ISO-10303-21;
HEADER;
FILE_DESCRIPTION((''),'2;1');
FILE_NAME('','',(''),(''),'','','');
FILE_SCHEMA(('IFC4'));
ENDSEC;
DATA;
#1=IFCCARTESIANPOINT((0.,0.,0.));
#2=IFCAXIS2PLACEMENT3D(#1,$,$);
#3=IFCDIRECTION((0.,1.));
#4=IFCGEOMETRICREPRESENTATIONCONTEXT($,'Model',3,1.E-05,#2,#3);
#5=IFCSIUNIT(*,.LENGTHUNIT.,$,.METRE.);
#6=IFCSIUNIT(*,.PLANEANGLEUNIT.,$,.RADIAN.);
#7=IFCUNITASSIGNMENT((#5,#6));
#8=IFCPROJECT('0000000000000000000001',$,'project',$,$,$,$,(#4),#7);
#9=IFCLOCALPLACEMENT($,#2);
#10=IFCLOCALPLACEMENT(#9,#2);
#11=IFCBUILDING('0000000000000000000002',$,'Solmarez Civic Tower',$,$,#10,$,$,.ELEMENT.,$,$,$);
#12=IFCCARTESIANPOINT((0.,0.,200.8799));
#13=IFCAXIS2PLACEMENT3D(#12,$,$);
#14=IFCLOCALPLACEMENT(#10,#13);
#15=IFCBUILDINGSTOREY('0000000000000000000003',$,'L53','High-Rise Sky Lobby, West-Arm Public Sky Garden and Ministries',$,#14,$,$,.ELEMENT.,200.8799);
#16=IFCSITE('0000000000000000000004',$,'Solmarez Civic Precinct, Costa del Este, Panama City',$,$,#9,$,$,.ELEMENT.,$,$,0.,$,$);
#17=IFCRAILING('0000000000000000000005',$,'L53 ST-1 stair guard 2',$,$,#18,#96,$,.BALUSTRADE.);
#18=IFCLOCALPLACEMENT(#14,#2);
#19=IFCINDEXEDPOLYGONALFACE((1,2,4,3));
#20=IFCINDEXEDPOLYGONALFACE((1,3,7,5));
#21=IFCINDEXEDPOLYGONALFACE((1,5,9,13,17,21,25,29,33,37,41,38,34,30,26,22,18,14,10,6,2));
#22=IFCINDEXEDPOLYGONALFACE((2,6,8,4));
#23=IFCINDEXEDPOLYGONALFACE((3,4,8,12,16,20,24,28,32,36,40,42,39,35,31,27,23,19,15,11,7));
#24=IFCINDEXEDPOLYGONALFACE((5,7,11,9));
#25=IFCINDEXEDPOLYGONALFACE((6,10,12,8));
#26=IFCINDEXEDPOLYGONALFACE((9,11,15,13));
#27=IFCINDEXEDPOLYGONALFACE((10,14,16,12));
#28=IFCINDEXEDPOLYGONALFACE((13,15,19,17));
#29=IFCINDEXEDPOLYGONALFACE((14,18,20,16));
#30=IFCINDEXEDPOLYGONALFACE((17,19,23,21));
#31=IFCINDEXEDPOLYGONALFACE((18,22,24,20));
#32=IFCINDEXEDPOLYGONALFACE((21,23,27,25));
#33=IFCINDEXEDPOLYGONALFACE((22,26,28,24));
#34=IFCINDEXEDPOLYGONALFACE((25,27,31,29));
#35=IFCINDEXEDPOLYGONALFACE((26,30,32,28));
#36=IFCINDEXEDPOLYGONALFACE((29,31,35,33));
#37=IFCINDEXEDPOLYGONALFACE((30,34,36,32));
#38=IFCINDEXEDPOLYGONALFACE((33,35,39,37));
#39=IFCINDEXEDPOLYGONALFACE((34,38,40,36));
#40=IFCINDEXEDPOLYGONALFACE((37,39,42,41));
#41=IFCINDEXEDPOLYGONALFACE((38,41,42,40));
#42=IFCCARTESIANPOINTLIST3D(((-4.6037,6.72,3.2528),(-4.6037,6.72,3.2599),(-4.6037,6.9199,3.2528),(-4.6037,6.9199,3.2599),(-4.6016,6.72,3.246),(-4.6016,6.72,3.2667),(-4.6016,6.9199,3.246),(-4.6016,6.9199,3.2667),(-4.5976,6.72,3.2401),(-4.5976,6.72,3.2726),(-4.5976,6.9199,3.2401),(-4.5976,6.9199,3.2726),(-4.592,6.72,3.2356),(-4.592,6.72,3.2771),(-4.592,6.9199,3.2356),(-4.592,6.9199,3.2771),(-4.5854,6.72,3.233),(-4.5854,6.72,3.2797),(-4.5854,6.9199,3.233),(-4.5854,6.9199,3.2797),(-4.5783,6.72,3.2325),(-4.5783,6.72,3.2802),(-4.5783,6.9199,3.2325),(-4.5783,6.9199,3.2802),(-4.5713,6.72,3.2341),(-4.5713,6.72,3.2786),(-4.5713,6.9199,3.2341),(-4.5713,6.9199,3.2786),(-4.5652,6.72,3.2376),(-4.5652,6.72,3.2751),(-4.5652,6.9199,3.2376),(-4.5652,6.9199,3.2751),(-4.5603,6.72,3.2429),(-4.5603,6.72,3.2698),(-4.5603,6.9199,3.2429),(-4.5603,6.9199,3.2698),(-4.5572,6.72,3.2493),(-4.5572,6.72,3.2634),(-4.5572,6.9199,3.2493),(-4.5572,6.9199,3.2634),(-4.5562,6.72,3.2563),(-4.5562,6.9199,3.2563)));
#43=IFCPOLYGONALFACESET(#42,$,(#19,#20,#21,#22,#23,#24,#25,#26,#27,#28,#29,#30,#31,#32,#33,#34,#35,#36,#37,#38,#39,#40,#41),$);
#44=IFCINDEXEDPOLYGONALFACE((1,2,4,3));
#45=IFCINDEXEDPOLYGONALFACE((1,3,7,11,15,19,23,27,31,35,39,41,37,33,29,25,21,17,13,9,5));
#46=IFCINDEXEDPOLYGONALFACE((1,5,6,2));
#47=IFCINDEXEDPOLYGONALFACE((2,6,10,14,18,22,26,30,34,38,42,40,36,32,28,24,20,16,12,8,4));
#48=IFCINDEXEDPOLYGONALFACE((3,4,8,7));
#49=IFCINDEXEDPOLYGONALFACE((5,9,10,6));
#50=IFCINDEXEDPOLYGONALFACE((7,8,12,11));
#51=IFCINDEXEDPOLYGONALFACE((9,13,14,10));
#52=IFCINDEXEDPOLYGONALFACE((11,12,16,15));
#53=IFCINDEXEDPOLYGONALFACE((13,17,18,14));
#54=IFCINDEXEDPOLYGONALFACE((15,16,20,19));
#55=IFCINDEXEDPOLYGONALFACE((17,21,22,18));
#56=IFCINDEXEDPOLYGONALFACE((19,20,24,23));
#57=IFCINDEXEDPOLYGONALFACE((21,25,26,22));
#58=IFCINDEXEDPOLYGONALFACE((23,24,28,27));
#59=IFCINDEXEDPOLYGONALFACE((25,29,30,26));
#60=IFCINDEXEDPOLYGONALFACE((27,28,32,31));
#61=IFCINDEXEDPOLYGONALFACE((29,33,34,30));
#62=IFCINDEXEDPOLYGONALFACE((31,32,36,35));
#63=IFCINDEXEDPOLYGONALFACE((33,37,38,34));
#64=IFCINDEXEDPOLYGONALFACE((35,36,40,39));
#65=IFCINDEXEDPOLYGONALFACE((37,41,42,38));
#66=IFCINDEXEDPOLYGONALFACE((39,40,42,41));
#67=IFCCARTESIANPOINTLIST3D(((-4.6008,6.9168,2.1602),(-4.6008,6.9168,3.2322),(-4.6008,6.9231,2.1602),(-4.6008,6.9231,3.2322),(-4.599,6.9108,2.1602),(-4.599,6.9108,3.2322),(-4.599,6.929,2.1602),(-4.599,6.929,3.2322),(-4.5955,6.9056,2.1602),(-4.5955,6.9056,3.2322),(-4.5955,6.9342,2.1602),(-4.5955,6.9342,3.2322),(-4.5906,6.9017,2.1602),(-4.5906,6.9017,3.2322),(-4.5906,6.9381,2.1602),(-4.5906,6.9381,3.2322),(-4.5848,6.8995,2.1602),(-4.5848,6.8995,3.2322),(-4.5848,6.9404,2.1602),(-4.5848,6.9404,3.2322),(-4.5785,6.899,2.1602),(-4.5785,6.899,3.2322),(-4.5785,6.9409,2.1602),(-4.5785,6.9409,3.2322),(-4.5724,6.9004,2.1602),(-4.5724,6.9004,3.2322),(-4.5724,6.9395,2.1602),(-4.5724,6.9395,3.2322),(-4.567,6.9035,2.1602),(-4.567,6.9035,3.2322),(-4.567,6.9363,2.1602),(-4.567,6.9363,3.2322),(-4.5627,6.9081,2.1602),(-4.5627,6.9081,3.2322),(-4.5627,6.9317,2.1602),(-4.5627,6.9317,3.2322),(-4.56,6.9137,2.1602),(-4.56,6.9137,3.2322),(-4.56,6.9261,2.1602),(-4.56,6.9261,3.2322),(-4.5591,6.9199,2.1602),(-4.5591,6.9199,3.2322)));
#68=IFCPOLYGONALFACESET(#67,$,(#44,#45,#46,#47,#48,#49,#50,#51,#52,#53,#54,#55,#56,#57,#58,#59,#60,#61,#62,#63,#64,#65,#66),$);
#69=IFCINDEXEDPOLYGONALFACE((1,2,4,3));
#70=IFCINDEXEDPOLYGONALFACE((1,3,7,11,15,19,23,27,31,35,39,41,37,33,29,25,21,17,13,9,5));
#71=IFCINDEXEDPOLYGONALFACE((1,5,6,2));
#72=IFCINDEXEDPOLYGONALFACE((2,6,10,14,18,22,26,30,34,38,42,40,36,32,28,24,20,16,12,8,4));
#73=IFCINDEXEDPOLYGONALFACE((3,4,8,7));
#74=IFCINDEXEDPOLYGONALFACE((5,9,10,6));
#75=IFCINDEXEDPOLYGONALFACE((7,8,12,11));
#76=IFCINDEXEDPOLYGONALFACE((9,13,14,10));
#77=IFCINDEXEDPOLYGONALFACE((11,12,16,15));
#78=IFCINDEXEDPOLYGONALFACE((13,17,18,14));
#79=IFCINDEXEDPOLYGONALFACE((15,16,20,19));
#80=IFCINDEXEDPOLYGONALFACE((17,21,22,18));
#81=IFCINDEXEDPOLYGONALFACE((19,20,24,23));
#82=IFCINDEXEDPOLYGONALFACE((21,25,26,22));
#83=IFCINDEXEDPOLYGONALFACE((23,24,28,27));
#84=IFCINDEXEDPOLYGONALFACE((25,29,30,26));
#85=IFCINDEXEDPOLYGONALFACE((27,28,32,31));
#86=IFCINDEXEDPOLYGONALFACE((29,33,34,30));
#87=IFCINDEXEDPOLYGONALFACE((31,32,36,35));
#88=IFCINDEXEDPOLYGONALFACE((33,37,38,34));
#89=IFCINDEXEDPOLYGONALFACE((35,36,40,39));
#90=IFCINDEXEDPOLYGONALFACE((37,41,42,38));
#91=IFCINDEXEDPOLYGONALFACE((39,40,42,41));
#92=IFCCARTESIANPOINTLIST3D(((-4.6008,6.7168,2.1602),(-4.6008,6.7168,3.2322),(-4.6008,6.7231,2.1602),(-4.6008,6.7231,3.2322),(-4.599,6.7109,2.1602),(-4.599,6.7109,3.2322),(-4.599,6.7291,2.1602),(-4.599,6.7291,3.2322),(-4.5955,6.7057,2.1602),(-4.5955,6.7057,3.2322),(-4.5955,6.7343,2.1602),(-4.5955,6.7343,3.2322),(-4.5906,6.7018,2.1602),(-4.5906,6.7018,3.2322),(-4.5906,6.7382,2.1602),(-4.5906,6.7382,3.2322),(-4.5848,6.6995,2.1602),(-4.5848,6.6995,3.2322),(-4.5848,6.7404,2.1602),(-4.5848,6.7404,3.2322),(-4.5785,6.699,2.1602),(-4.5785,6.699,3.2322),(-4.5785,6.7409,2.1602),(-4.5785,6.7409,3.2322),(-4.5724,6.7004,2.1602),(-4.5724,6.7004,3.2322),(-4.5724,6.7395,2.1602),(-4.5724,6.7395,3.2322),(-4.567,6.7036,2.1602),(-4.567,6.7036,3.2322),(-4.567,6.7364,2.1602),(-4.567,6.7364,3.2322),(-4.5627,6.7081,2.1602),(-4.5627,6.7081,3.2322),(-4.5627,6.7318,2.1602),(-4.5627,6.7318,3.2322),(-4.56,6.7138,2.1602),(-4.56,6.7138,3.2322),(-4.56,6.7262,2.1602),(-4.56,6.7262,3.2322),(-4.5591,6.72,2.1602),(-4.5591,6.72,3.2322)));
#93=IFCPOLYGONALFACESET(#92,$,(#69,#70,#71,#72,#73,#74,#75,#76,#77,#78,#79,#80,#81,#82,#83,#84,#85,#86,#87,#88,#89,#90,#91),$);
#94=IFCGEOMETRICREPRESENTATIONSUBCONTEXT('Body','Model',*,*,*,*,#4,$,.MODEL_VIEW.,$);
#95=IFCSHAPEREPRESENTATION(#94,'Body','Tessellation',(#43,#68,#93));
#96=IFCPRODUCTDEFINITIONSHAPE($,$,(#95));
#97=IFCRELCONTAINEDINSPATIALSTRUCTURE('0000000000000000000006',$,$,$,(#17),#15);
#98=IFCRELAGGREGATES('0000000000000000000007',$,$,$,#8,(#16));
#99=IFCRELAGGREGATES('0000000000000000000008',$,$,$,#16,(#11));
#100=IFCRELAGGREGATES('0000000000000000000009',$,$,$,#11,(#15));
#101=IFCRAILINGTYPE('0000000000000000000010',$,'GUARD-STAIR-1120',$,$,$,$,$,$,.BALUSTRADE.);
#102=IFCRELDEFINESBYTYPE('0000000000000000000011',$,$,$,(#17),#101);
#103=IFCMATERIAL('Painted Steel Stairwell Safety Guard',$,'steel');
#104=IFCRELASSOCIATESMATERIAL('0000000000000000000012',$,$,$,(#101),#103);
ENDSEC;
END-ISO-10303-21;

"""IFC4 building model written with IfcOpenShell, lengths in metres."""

from ifc_helpers import new_model, si_unit, direction, frame, origin, origin_2d, place, context, subcontext, project, spatial, circle, extrude, material, type_object, element, save


model = new_model("IFC4")

# Units and contexts
model_context = context("Model", 3, precision=1e-05, world=origin(), true_north=direction((0.0, 1.0)))
body_context = subcontext(model_context, "Body", "Model", "MODEL_VIEW")
ifc_project = project(units=[si_unit("LENGTHUNIT", "METRE"), si_unit("PLANEANGLEUNIT", "RADIAN")], contexts=[model_context])

# Site, building, storey
site_placement = place(None, origin())
site = spatial("IfcSite", under=ifc_project, at=site_placement, Name="Solmarez Civic Precinct, Costa del Este, Panama City", CompositionType="ELEMENT", RefElevation=0.0)
building_placement = place(site_placement, origin())
building = spatial("IfcBuilding", under=site, at=building_placement, Name="Solmarez Civic Tower", CompositionType="ELEMENT")
storey_placement = place(building_placement, frame((0.0, 0.0, 200.8799)))
storey = spatial("IfcBuildingStorey", under=building, at=storey_placement, Name="L53", Description="High-Rise Sky Lobby, West-Arm Public Sky Garden and Ministries", CompositionType="ELEMENT", Elevation=200.8799)

# Railing
ifc_material_1 = material(Name="Painted Steel Stairwell Safety Guard", Category="steel")
railing_type_1 = type_object("IfcRailingType", Name="GUARD-STAIR-1120", PredefinedType="BALUSTRADE", material=ifc_material_1)
railing_1_placement = place(storey_placement, frame((-4.5801, 6.9199, 2.1602)))
element("IfcRailing", 1, at=railing_1_placement, inside=storey, type_object=railing_type_1, Name="L53 ST-1 stair guard 2", PredefinedType="BALUSTRADE", context=body_context, shape_type="SweptSolid", body=[
    extrude(circle(Radius=0.0239, at=origin_2d()), frame((0.0, 0.0, 1.0962), z_axis=(0.0, -1.0, 0.0), x_axis=(1.0, 0.0, 0.0)), (0.0, 0.0, 1.0), 0.2),
    extrude(circle(Radius=0.021, at=origin_2d()), origin(), (0.0, 0.0, 1.0), 1.072),
    extrude(circle(Radius=0.021, at=origin_2d()), frame((0.0, -0.2, 0.0)), (0.0, 0.0, 1.0), 1.072),
])

save(model, "model.ifc")
